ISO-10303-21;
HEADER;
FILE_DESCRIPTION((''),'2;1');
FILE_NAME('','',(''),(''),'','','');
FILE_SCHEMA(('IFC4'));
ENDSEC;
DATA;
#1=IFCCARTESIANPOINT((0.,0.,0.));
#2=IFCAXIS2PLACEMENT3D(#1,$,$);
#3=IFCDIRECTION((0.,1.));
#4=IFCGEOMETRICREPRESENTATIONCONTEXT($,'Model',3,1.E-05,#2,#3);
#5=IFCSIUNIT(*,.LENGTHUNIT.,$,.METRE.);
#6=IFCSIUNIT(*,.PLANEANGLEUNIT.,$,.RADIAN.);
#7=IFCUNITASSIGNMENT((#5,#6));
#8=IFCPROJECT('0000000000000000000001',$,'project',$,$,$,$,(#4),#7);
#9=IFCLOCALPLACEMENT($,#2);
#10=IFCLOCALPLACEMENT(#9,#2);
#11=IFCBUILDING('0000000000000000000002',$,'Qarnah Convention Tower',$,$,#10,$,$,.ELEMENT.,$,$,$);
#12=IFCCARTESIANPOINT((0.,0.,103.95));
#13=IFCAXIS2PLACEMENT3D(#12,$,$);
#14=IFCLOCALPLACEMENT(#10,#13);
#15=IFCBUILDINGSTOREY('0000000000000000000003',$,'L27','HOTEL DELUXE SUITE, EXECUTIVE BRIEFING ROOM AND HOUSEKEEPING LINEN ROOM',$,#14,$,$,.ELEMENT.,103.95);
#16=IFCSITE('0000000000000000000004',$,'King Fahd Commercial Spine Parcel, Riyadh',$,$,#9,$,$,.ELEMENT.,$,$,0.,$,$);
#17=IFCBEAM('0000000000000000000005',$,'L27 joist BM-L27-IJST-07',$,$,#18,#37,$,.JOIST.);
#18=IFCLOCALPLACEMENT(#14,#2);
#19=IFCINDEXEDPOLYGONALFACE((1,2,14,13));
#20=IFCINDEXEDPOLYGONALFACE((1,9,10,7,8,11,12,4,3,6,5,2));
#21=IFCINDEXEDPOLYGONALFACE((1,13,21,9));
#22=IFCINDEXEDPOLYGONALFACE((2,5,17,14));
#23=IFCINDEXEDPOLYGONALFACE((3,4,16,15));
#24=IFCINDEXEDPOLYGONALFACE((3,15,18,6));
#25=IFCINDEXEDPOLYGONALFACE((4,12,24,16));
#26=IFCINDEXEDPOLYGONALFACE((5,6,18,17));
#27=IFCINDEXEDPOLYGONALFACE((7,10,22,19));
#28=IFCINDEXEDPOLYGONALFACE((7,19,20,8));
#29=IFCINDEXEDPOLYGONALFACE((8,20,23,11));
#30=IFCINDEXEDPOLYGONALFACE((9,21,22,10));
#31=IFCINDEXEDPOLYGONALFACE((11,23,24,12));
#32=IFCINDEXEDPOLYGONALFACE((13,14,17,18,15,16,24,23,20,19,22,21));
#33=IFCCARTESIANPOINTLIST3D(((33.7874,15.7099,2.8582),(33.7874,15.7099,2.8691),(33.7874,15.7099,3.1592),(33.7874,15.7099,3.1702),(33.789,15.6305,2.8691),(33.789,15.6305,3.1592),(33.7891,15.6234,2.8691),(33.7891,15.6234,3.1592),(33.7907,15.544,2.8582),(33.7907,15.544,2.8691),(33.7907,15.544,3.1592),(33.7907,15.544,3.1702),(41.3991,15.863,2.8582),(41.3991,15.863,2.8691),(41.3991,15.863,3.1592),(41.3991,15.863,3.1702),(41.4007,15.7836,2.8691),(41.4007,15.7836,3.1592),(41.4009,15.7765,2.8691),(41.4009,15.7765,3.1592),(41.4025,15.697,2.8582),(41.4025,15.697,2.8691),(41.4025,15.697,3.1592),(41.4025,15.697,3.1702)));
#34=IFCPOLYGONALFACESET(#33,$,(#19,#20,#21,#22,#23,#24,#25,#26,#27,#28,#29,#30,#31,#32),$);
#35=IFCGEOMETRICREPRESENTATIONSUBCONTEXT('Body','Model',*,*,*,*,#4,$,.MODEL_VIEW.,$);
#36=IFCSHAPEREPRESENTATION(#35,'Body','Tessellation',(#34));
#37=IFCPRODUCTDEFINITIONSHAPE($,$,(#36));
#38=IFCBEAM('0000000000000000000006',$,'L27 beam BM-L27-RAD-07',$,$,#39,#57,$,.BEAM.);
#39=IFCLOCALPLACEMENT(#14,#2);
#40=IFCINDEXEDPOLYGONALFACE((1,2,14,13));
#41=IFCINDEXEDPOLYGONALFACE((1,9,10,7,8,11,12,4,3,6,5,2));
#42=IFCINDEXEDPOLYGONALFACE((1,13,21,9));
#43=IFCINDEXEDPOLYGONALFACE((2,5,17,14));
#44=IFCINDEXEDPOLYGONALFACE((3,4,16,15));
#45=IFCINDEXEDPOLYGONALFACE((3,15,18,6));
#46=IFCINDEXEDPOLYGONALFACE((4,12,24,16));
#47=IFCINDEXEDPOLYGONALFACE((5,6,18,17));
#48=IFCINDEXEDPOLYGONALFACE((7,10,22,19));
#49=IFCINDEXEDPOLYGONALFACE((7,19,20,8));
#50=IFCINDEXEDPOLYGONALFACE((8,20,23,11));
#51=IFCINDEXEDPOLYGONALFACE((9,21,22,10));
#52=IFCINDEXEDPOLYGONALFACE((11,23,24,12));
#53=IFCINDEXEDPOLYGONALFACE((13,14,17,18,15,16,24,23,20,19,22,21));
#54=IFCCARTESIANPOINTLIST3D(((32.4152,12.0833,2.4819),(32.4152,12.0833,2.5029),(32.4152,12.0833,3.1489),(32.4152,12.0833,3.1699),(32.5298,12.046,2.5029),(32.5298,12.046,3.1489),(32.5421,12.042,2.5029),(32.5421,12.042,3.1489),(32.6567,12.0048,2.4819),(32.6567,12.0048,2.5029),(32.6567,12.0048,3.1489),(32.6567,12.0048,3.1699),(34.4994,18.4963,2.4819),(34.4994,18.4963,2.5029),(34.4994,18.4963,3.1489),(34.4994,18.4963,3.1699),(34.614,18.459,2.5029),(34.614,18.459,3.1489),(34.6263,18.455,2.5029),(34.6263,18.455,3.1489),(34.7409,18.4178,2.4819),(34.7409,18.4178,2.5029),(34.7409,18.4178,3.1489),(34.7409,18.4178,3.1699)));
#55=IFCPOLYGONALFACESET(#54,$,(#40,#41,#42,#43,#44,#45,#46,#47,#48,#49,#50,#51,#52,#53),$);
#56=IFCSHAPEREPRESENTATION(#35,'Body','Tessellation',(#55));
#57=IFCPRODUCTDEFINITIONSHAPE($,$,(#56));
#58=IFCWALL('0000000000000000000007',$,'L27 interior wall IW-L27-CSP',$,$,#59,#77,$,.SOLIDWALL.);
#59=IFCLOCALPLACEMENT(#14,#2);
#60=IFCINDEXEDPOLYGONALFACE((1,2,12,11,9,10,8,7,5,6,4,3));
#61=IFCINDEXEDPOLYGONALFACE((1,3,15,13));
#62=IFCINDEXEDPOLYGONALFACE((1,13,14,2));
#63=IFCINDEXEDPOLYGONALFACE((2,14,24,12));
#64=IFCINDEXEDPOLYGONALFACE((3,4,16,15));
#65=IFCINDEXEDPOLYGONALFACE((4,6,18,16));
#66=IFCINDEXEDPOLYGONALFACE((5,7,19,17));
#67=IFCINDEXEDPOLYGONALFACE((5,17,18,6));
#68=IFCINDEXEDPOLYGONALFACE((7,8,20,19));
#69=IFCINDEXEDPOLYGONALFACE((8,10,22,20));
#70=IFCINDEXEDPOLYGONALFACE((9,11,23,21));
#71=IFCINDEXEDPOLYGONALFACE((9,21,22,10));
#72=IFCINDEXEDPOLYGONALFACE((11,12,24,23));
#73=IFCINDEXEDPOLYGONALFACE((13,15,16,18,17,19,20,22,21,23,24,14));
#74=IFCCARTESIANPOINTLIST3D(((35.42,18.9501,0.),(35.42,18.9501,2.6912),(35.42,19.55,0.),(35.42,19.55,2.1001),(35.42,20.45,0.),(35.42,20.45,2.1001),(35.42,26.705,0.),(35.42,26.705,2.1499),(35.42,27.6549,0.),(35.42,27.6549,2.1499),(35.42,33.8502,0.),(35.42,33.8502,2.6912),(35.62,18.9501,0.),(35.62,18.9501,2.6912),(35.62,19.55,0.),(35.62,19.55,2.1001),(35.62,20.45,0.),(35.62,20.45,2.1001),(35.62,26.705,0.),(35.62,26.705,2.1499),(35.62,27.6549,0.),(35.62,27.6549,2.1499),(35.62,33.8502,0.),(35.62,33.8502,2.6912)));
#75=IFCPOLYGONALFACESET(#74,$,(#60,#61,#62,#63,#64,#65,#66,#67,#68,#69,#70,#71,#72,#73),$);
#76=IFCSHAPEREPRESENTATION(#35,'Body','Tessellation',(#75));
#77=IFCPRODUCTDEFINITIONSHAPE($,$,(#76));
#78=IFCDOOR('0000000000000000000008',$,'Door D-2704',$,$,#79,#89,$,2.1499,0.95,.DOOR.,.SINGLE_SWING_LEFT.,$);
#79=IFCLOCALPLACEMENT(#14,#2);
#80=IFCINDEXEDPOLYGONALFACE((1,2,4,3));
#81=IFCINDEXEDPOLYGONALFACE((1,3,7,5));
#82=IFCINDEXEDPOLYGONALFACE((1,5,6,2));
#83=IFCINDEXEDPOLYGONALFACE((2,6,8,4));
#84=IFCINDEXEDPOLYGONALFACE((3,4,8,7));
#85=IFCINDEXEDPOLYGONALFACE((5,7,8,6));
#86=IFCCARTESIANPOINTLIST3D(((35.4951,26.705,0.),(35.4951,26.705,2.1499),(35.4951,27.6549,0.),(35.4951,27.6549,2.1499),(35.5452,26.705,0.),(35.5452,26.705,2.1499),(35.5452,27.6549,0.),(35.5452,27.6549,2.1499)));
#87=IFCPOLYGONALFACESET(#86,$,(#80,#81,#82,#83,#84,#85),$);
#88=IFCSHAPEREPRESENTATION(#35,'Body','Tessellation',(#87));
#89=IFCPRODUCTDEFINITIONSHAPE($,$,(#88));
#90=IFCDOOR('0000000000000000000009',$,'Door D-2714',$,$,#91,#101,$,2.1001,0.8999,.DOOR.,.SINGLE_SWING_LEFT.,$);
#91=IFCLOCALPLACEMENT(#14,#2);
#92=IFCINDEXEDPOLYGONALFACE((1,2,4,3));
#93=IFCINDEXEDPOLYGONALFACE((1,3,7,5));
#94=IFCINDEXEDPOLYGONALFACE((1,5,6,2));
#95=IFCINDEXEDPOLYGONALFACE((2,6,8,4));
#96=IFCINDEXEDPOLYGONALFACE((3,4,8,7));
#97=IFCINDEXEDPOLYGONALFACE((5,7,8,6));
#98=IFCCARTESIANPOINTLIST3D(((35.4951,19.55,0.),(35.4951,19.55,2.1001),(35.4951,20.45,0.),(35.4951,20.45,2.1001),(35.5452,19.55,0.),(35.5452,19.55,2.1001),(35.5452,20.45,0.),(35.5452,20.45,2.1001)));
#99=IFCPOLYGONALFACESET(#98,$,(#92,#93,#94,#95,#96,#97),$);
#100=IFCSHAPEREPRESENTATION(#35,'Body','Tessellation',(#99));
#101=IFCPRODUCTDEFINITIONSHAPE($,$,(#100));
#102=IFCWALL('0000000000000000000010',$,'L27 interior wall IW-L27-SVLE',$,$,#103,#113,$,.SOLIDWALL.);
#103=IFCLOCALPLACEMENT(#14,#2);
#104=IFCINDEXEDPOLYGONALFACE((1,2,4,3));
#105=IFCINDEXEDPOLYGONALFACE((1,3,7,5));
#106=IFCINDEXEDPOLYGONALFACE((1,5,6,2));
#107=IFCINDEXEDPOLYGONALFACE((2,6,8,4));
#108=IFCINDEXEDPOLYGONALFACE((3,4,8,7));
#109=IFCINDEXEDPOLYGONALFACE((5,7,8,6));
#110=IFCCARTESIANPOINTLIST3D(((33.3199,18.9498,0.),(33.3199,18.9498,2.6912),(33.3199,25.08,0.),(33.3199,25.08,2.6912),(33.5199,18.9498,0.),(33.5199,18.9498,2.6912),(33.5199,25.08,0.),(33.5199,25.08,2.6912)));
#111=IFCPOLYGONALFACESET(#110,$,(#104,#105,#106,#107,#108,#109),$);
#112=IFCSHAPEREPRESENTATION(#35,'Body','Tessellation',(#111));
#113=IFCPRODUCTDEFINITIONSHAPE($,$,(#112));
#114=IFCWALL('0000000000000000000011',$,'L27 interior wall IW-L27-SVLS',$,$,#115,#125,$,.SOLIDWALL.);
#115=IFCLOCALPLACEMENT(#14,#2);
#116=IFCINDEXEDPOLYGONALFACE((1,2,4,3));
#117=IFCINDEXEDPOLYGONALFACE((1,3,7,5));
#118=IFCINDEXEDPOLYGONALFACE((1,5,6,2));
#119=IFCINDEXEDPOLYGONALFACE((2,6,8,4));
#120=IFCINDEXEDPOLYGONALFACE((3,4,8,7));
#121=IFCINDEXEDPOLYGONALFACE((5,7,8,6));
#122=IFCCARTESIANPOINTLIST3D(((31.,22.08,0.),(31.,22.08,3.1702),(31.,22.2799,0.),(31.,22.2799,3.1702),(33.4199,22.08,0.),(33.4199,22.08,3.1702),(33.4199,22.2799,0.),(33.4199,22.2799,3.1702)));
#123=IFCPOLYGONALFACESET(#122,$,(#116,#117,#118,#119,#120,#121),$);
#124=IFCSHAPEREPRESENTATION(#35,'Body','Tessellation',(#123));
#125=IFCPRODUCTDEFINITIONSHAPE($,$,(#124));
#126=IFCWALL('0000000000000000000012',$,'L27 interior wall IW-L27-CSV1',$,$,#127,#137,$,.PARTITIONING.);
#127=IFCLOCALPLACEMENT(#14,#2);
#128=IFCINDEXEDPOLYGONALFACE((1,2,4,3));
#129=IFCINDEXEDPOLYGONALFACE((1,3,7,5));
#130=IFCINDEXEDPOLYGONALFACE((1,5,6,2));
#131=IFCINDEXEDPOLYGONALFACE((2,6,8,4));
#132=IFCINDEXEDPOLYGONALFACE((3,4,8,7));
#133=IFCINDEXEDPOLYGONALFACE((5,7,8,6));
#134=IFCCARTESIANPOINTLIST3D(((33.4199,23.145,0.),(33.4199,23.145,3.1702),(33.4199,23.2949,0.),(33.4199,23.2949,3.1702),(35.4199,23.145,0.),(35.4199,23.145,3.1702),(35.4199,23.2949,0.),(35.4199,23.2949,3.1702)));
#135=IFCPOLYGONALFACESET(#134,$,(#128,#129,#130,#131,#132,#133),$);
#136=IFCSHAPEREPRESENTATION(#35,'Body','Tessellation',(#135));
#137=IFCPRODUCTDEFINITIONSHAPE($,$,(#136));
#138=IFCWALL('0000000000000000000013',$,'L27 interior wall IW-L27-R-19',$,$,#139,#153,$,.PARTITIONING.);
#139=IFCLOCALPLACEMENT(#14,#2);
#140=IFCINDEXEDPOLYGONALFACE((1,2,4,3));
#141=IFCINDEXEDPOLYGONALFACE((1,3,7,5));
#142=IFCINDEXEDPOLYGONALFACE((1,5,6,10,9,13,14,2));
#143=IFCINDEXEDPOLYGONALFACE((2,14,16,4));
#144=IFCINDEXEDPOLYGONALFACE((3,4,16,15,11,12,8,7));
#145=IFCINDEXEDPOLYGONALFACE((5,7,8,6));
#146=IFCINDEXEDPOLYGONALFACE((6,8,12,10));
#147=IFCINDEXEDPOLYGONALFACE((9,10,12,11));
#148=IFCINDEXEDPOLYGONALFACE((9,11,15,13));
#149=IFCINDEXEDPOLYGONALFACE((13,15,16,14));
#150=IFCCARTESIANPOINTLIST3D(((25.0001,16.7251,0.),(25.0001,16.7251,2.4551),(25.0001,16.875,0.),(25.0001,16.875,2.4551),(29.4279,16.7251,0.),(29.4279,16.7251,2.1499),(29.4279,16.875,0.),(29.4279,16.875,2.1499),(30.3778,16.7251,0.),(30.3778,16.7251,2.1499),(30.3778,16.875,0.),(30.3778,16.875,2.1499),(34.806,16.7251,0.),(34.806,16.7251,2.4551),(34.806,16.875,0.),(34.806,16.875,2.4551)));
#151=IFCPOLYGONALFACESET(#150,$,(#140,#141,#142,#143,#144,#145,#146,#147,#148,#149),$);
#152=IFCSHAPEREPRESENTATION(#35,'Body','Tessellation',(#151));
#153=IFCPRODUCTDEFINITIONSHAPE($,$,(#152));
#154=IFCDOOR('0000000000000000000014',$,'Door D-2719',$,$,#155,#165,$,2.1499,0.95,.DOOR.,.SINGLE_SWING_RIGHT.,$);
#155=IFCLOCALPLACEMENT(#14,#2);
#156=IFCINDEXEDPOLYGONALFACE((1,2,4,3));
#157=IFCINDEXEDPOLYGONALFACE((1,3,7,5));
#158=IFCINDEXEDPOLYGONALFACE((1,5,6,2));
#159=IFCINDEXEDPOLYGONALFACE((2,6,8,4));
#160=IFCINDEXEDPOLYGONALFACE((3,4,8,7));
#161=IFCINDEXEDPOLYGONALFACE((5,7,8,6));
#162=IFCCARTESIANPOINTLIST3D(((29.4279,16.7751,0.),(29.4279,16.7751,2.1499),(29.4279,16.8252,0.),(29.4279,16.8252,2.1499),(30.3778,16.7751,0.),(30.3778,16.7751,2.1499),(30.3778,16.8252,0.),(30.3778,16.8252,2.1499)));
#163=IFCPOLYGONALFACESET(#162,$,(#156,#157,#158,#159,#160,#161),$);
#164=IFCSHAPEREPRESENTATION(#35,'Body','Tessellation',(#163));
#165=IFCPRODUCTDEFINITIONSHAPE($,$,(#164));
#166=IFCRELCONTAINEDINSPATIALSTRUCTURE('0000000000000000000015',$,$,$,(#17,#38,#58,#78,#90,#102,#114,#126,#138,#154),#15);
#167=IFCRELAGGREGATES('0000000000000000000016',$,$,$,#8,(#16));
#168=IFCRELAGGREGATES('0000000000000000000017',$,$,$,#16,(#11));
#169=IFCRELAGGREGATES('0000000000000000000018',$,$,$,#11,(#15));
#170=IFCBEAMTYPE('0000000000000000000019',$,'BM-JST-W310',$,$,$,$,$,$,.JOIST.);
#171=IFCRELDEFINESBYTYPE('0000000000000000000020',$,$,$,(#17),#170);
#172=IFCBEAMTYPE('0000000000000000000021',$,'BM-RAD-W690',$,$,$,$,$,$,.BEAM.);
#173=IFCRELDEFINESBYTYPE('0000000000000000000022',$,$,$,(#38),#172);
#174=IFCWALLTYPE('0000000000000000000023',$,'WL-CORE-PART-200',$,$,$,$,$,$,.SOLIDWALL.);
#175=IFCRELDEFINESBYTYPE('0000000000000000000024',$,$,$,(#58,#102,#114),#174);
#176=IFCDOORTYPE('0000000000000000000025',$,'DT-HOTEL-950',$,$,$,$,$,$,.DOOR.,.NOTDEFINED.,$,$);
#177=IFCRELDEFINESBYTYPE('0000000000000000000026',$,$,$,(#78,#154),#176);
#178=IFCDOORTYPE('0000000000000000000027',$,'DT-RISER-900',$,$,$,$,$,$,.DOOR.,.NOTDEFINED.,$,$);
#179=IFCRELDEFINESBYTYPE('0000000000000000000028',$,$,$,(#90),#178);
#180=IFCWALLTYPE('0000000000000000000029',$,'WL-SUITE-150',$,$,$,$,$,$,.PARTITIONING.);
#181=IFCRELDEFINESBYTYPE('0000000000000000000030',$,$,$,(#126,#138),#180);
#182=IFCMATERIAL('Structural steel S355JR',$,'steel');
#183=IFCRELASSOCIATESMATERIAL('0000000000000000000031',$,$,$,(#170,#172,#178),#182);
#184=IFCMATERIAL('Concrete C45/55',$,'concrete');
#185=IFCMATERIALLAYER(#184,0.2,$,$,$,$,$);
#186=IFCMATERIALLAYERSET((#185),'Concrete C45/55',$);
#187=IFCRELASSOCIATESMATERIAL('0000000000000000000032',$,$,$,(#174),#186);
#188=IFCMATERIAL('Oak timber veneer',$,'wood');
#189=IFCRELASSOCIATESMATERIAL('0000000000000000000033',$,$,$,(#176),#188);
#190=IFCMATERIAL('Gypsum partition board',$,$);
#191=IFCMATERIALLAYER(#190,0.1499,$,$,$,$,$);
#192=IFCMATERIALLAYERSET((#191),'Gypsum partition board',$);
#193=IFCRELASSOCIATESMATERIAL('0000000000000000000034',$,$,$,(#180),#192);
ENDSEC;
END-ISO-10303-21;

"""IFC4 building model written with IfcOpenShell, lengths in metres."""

from ifc_helpers import new_model, si_unit, direction, frame, frame_2d, origin, origin_2d, place, context, subcontext, project, spatial, rectangle, i_section, extrude, material, layer, layer_set, material_profile, profile_set, type_object, element, fill, save


model = new_model("IFC4")

# Units and contexts
model_context = context("Model", 3, precision=1e-05, world=origin(), true_north=direction((0.0, 1.0)))
body_context = subcontext(model_context, "Body", "Model", "MODEL_VIEW")
ifc_project = project(units=[si_unit("LENGTHUNIT", "METRE"), si_unit("PLANEANGLEUNIT", "RADIAN")], contexts=[model_context])

# Site, building, storey
site_placement = place(None, origin())
site = spatial("IfcSite", under=ifc_project, at=site_placement, Name="King Fahd Commercial Spine Parcel, Riyadh", CompositionType="ELEMENT", RefElevation=0.0)
building_placement = place(site_placement, origin())
building = spatial("IfcBuilding", under=site, at=building_placement, Name="Qarnah Convention Tower", CompositionType="ELEMENT")
storey_placement = place(building_placement, frame((0.0, 0.0, 103.95)))
storey = spatial("IfcBuildingStorey", under=building, at=storey_placement, Name="L27", Description="HOTEL DELUXE SUITE, EXECUTIVE BRIEFING ROOM AND HOUSEKEEPING LINEN ROOM", CompositionType="ELEMENT", Elevation=103.95)

# Beams
ifc_material_1 = material(Name="Structural steel S355JR", Category="steel")
ifc_material_profile_1 = material_profile(ifc_material_1, i_section(OverallWidth=0.166, OverallDepth=0.312, WebThickness=0.0071, FlangeThickness=0.011, at=origin_2d()), Name="W310X45")
ifc_profile_set_1 = profile_set([ifc_material_profile_1], Name="Structural steel S355JR")
beam_type_1 = type_object("IfcBeamType", Name="BM-JST-W310", PredefinedType="JOIST", material=ifc_profile_set_1)
beam_1_placement = place(storey_placement, frame((33.7891, 15.627, 3.0142), z_axis=(0.999798, 0.020106, 0.0), x_axis=(-0.020106, 0.999798, 0.0)))
element("IfcBeam", 1, at=beam_1_placement, inside=storey, type_object=beam_type_1, Name="L27 joist BM-L27-IJST-07", PredefinedType="JOIST", context=body_context, shape_type="SweptSolid", body=[
    extrude(i_section(OverallWidth=0.166, OverallDepth=0.312, WebThickness=0.0071, FlangeThickness=0.011, at=origin_2d()), origin(), (0.0, 0.0, 1.0), 7.6133),
])
ifc_material_profile_2 = material_profile(ifc_material_1, i_section(OverallWidth=0.2539, OverallDepth=0.688, WebThickness=0.0129, FlangeThickness=0.021, at=origin_2d()), Name="W690X152")
ifc_profile_set_2 = profile_set([ifc_material_profile_2], Name="Structural steel S355JR")
beam_type_2 = type_object("IfcBeamType", Name="BM-RAD-W690", PredefinedType="BEAM", material=ifc_profile_set_2)
beam_2_placement = place(storey_placement, frame((34.6201, 18.457, 2.8259), z_axis=(-0.309083, -0.951035, 0.0), x_axis=(0.951035, -0.309083, 0.0)))
element("IfcBeam", 2, at=beam_2_placement, inside=storey, type_object=beam_type_2, Name="L27 beam BM-L27-RAD-07", PredefinedType="BEAM", context=body_context, shape_type="SweptSolid", body=[
    extrude(i_section(OverallWidth=0.2539, OverallDepth=0.688, WebThickness=0.0129, FlangeThickness=0.021, at=origin_2d()), origin(), (0.0, 0.0, 1.0), 6.7432),
])

# Wall, openings, doors
door_type_1 = type_object("IfcDoorType", Name="DT-RISER-900", OperationType="NOTDEFINED", PredefinedType="DOOR", material=ifc_material_1)
ifc_material_2 = material(Name="Concrete C45/55", Category="concrete")
ifc_layer_1 = layer(ifc_material_2, 0.2)
ifc_layer_set_1 = layer_set([ifc_layer_1], Name="Concrete C45/55")
wall_type_1 = type_object("IfcWallType", Name="WL-CORE-PART-200", PredefinedType="SOLIDWALL", material=ifc_layer_set_1)
wall_1_placement = place(storey_placement, frame((35.52, 18.95, 0.0), z_axis=(0.0, 0.0, 1.0), x_axis=(0.0, 1.0, 0.0)))
wall_1 = element("IfcWall", 3, at=wall_1_placement, inside=storey, type_object=wall_type_1, Name="L27 interior wall IW-L27-CSP", PredefinedType="SOLIDWALL", context=body_context, shape_type="SweptSolid", body=[
    extrude(rectangle(XDim=14.9001, YDim=0.2, at=frame_2d((7.4502, 0.0))), origin(), (0.0, 0.0, 1.0), 2.6912),
])
opening_1_placement = place(wall_1_placement, frame((7.7549, 0.0, 0.0)))
opening_1 = element("IfcOpeningElement", 4, at=opening_1_placement, cuts=wall_1, PredefinedType="OPENING", context=body_context, shape_type="SweptSolid", body=[
    extrude(rectangle(XDim=0.95, YDim=2.1499, at=frame_2d((0.4751, 1.075))), frame((0.0, 0.1099, 0.0), z_axis=(0.0, -1.0, 0.0), x_axis=(1.0, 0.0, 0.0)), (0.0, 0.0, 1.0), 0.22),
])
opening_2_placement = place(wall_1_placement, frame((0.6001, 0.0, 0.0)))
opening_2 = element("IfcOpeningElement", 5, at=opening_2_placement, cuts=wall_1, PredefinedType="OPENING", context=body_context, shape_type="SweptSolid", body=[
    extrude(rectangle(XDim=0.8999, YDim=2.1001, at=frame_2d((0.45, 1.05))), frame((0.0, 0.1099, 0.0), z_axis=(0.0, -1.0, 0.0), x_axis=(1.0, 0.0, 0.0)), (0.0, 0.0, 1.0), 0.22),
])
ifc_material_3 = material(Name="Oak timber veneer", Category="wood")
door_type_2 = type_object("IfcDoorType", Name="DT-HOTEL-950", OperationType="NOTDEFINED", PredefinedType="DOOR", material=ifc_material_3)
door_1_placement = place(opening_1_placement, origin())
door_1 = element("IfcDoor", 6, at=door_1_placement, inside=storey, type_object=door_type_2, Name="Door D-2704", OperationType="SINGLE_SWING_LEFT", OverallHeight=2.1499, OverallWidth=0.95, PredefinedType="DOOR", context=body_context, shape_type="SweptSolid", body=[
    extrude(rectangle(XDim=0.95, YDim=2.1499, at=frame_2d((0.4751, 1.075))), frame((0.0, 0.0249, 0.0), z_axis=(0.0, -1.0, 0.0), x_axis=(1.0, 0.0, 0.0)), (0.0, 0.0, 1.0), 0.05),
])
fill(opening_1, door_1)
door_2_placement = place(opening_2_placement, origin())
door_2 = element("IfcDoor", 7, at=door_2_placement, inside=storey, type_object=door_type_1, Name="Door D-2714", OperationType="SINGLE_SWING_LEFT", OverallHeight=2.1001, OverallWidth=0.8999, PredefinedType="DOOR", context=body_context, shape_type="SweptSolid", body=[
    extrude(rectangle(XDim=0.8999, YDim=2.1001, at=frame_2d((0.45, 1.05))), frame((0.0, 0.0249, 0.0), z_axis=(0.0, -1.0, 0.0), x_axis=(1.0, 0.0, 0.0)), (0.0, 0.0, 1.0), 0.05),
])
fill(opening_2, door_2)

# Walls
wall_2_placement = place(storey_placement, frame((33.4199, 18.95, 0.0), z_axis=(0.0, 0.0, 1.0), x_axis=(0.0, 1.0, 0.0)))
element("IfcWall", 8, at=wall_2_placement, inside=storey, type_object=wall_type_1, Name="L27 interior wall IW-L27-SVLE", PredefinedType="SOLIDWALL", context=body_context, shape_type="SweptSolid", body=[
    extrude(rectangle(XDim=6.1301, YDim=0.2, at=frame_2d((3.0649, 0.0))), origin(), (0.0, 0.0, 1.0), 2.6912),
])
wall_3_placement = place(storey_placement, frame((31.0, 22.1799, 0.0), z_axis=(0.0, 0.0, 1.0), x_axis=(1.0, 0.0, 0.0)))
element("IfcWall", 9, at=wall_3_placement, inside=storey, type_object=wall_type_1, Name="L27 interior wall IW-L27-SVLS", PredefinedType="SOLIDWALL", context=body_context, shape_type="SweptSolid", body=[
    extrude(rectangle(XDim=2.4199, YDim=0.2, at=frame_2d((1.21, 0.0))), origin(), (0.0, 0.0, 1.0), 3.1702),
])

# Wall
ifc_material_4 = material(Name="Gypsum partition board")
ifc_layer_2 = layer(ifc_material_4, 0.1499)
ifc_layer_set_2 = layer_set([ifc_layer_2], Name="Gypsum partition board")
wall_type_2 = type_object("IfcWallType", Name="WL-SUITE-150", PredefinedType="PARTITIONING", material=ifc_layer_set_2)
wall_4_placement = place(storey_placement, frame((33.4199, 23.22, 0.0), z_axis=(0.0, 0.0, 1.0), x_axis=(1.0, 0.0, 0.0)))
element("IfcWall", 10, at=wall_4_placement, inside=storey, type_object=wall_type_2, Name="L27 interior wall IW-L27-CSV1", PredefinedType="PARTITIONING", context=body_context, shape_type="SweptSolid", body=[
    extrude(rectangle(XDim=2.0, YDim=0.1499, at=frame_2d((1.0, 0.0))), origin(), (0.0, 0.0, 1.0), 3.1702),
])

# Wall, opening, door
wall_5_placement = place(storey_placement, frame((34.8059, 16.8, 0.0), z_axis=(0.0, 0.0, 1.0), x_axis=(-1.0, 0.0, 0.0)))
wall_5 = element("IfcWall", 11, at=wall_5_placement, inside=storey, type_object=wall_type_2, Name="L27 interior wall IW-L27-R-19", PredefinedType="PARTITIONING", context=body_context, shape_type="SweptSolid", body=[
    extrude(rectangle(XDim=9.8059, YDim=0.1499, at=frame_2d((4.9028, 0.0))), origin(), (0.0, 0.0, 1.0), 2.4551),
])
opening_3_placement = place(wall_5_placement, frame((4.428, 0.0, 0.0)))
opening_3 = element("IfcOpeningElement", 12, at=opening_3_placement, cuts=wall_5, PredefinedType="OPENING", context=body_context, shape_type="SweptSolid", body=[
    extrude(rectangle(XDim=0.95, YDim=2.1499, at=frame_2d((0.4751, 1.075))), frame((0.0, 0.085, 0.0), z_axis=(0.0, -1.0, 0.0), x_axis=(1.0, 0.0, 0.0)), (0.0, 0.0, 1.0), 0.1699),
])
door_3_placement = place(opening_3_placement, origin())
door_3 = element("IfcDoor", 13, at=door_3_placement, inside=storey, type_object=door_type_2, Name="Door D-2719", OperationType="SINGLE_SWING_RIGHT", OverallHeight=2.1499, OverallWidth=0.95, PredefinedType="DOOR", context=body_context, shape_type="SweptSolid", body=[
    extrude(rectangle(XDim=0.95, YDim=2.1499, at=frame_2d((0.4751, 1.075))), frame((0.0, 0.0249, 0.0), z_axis=(0.0, -1.0, 0.0), x_axis=(1.0, 0.0, 0.0)), (0.0, 0.0, 1.0), 0.05),
])
fill(opening_3, door_3)

save(model, "model.ifc")
